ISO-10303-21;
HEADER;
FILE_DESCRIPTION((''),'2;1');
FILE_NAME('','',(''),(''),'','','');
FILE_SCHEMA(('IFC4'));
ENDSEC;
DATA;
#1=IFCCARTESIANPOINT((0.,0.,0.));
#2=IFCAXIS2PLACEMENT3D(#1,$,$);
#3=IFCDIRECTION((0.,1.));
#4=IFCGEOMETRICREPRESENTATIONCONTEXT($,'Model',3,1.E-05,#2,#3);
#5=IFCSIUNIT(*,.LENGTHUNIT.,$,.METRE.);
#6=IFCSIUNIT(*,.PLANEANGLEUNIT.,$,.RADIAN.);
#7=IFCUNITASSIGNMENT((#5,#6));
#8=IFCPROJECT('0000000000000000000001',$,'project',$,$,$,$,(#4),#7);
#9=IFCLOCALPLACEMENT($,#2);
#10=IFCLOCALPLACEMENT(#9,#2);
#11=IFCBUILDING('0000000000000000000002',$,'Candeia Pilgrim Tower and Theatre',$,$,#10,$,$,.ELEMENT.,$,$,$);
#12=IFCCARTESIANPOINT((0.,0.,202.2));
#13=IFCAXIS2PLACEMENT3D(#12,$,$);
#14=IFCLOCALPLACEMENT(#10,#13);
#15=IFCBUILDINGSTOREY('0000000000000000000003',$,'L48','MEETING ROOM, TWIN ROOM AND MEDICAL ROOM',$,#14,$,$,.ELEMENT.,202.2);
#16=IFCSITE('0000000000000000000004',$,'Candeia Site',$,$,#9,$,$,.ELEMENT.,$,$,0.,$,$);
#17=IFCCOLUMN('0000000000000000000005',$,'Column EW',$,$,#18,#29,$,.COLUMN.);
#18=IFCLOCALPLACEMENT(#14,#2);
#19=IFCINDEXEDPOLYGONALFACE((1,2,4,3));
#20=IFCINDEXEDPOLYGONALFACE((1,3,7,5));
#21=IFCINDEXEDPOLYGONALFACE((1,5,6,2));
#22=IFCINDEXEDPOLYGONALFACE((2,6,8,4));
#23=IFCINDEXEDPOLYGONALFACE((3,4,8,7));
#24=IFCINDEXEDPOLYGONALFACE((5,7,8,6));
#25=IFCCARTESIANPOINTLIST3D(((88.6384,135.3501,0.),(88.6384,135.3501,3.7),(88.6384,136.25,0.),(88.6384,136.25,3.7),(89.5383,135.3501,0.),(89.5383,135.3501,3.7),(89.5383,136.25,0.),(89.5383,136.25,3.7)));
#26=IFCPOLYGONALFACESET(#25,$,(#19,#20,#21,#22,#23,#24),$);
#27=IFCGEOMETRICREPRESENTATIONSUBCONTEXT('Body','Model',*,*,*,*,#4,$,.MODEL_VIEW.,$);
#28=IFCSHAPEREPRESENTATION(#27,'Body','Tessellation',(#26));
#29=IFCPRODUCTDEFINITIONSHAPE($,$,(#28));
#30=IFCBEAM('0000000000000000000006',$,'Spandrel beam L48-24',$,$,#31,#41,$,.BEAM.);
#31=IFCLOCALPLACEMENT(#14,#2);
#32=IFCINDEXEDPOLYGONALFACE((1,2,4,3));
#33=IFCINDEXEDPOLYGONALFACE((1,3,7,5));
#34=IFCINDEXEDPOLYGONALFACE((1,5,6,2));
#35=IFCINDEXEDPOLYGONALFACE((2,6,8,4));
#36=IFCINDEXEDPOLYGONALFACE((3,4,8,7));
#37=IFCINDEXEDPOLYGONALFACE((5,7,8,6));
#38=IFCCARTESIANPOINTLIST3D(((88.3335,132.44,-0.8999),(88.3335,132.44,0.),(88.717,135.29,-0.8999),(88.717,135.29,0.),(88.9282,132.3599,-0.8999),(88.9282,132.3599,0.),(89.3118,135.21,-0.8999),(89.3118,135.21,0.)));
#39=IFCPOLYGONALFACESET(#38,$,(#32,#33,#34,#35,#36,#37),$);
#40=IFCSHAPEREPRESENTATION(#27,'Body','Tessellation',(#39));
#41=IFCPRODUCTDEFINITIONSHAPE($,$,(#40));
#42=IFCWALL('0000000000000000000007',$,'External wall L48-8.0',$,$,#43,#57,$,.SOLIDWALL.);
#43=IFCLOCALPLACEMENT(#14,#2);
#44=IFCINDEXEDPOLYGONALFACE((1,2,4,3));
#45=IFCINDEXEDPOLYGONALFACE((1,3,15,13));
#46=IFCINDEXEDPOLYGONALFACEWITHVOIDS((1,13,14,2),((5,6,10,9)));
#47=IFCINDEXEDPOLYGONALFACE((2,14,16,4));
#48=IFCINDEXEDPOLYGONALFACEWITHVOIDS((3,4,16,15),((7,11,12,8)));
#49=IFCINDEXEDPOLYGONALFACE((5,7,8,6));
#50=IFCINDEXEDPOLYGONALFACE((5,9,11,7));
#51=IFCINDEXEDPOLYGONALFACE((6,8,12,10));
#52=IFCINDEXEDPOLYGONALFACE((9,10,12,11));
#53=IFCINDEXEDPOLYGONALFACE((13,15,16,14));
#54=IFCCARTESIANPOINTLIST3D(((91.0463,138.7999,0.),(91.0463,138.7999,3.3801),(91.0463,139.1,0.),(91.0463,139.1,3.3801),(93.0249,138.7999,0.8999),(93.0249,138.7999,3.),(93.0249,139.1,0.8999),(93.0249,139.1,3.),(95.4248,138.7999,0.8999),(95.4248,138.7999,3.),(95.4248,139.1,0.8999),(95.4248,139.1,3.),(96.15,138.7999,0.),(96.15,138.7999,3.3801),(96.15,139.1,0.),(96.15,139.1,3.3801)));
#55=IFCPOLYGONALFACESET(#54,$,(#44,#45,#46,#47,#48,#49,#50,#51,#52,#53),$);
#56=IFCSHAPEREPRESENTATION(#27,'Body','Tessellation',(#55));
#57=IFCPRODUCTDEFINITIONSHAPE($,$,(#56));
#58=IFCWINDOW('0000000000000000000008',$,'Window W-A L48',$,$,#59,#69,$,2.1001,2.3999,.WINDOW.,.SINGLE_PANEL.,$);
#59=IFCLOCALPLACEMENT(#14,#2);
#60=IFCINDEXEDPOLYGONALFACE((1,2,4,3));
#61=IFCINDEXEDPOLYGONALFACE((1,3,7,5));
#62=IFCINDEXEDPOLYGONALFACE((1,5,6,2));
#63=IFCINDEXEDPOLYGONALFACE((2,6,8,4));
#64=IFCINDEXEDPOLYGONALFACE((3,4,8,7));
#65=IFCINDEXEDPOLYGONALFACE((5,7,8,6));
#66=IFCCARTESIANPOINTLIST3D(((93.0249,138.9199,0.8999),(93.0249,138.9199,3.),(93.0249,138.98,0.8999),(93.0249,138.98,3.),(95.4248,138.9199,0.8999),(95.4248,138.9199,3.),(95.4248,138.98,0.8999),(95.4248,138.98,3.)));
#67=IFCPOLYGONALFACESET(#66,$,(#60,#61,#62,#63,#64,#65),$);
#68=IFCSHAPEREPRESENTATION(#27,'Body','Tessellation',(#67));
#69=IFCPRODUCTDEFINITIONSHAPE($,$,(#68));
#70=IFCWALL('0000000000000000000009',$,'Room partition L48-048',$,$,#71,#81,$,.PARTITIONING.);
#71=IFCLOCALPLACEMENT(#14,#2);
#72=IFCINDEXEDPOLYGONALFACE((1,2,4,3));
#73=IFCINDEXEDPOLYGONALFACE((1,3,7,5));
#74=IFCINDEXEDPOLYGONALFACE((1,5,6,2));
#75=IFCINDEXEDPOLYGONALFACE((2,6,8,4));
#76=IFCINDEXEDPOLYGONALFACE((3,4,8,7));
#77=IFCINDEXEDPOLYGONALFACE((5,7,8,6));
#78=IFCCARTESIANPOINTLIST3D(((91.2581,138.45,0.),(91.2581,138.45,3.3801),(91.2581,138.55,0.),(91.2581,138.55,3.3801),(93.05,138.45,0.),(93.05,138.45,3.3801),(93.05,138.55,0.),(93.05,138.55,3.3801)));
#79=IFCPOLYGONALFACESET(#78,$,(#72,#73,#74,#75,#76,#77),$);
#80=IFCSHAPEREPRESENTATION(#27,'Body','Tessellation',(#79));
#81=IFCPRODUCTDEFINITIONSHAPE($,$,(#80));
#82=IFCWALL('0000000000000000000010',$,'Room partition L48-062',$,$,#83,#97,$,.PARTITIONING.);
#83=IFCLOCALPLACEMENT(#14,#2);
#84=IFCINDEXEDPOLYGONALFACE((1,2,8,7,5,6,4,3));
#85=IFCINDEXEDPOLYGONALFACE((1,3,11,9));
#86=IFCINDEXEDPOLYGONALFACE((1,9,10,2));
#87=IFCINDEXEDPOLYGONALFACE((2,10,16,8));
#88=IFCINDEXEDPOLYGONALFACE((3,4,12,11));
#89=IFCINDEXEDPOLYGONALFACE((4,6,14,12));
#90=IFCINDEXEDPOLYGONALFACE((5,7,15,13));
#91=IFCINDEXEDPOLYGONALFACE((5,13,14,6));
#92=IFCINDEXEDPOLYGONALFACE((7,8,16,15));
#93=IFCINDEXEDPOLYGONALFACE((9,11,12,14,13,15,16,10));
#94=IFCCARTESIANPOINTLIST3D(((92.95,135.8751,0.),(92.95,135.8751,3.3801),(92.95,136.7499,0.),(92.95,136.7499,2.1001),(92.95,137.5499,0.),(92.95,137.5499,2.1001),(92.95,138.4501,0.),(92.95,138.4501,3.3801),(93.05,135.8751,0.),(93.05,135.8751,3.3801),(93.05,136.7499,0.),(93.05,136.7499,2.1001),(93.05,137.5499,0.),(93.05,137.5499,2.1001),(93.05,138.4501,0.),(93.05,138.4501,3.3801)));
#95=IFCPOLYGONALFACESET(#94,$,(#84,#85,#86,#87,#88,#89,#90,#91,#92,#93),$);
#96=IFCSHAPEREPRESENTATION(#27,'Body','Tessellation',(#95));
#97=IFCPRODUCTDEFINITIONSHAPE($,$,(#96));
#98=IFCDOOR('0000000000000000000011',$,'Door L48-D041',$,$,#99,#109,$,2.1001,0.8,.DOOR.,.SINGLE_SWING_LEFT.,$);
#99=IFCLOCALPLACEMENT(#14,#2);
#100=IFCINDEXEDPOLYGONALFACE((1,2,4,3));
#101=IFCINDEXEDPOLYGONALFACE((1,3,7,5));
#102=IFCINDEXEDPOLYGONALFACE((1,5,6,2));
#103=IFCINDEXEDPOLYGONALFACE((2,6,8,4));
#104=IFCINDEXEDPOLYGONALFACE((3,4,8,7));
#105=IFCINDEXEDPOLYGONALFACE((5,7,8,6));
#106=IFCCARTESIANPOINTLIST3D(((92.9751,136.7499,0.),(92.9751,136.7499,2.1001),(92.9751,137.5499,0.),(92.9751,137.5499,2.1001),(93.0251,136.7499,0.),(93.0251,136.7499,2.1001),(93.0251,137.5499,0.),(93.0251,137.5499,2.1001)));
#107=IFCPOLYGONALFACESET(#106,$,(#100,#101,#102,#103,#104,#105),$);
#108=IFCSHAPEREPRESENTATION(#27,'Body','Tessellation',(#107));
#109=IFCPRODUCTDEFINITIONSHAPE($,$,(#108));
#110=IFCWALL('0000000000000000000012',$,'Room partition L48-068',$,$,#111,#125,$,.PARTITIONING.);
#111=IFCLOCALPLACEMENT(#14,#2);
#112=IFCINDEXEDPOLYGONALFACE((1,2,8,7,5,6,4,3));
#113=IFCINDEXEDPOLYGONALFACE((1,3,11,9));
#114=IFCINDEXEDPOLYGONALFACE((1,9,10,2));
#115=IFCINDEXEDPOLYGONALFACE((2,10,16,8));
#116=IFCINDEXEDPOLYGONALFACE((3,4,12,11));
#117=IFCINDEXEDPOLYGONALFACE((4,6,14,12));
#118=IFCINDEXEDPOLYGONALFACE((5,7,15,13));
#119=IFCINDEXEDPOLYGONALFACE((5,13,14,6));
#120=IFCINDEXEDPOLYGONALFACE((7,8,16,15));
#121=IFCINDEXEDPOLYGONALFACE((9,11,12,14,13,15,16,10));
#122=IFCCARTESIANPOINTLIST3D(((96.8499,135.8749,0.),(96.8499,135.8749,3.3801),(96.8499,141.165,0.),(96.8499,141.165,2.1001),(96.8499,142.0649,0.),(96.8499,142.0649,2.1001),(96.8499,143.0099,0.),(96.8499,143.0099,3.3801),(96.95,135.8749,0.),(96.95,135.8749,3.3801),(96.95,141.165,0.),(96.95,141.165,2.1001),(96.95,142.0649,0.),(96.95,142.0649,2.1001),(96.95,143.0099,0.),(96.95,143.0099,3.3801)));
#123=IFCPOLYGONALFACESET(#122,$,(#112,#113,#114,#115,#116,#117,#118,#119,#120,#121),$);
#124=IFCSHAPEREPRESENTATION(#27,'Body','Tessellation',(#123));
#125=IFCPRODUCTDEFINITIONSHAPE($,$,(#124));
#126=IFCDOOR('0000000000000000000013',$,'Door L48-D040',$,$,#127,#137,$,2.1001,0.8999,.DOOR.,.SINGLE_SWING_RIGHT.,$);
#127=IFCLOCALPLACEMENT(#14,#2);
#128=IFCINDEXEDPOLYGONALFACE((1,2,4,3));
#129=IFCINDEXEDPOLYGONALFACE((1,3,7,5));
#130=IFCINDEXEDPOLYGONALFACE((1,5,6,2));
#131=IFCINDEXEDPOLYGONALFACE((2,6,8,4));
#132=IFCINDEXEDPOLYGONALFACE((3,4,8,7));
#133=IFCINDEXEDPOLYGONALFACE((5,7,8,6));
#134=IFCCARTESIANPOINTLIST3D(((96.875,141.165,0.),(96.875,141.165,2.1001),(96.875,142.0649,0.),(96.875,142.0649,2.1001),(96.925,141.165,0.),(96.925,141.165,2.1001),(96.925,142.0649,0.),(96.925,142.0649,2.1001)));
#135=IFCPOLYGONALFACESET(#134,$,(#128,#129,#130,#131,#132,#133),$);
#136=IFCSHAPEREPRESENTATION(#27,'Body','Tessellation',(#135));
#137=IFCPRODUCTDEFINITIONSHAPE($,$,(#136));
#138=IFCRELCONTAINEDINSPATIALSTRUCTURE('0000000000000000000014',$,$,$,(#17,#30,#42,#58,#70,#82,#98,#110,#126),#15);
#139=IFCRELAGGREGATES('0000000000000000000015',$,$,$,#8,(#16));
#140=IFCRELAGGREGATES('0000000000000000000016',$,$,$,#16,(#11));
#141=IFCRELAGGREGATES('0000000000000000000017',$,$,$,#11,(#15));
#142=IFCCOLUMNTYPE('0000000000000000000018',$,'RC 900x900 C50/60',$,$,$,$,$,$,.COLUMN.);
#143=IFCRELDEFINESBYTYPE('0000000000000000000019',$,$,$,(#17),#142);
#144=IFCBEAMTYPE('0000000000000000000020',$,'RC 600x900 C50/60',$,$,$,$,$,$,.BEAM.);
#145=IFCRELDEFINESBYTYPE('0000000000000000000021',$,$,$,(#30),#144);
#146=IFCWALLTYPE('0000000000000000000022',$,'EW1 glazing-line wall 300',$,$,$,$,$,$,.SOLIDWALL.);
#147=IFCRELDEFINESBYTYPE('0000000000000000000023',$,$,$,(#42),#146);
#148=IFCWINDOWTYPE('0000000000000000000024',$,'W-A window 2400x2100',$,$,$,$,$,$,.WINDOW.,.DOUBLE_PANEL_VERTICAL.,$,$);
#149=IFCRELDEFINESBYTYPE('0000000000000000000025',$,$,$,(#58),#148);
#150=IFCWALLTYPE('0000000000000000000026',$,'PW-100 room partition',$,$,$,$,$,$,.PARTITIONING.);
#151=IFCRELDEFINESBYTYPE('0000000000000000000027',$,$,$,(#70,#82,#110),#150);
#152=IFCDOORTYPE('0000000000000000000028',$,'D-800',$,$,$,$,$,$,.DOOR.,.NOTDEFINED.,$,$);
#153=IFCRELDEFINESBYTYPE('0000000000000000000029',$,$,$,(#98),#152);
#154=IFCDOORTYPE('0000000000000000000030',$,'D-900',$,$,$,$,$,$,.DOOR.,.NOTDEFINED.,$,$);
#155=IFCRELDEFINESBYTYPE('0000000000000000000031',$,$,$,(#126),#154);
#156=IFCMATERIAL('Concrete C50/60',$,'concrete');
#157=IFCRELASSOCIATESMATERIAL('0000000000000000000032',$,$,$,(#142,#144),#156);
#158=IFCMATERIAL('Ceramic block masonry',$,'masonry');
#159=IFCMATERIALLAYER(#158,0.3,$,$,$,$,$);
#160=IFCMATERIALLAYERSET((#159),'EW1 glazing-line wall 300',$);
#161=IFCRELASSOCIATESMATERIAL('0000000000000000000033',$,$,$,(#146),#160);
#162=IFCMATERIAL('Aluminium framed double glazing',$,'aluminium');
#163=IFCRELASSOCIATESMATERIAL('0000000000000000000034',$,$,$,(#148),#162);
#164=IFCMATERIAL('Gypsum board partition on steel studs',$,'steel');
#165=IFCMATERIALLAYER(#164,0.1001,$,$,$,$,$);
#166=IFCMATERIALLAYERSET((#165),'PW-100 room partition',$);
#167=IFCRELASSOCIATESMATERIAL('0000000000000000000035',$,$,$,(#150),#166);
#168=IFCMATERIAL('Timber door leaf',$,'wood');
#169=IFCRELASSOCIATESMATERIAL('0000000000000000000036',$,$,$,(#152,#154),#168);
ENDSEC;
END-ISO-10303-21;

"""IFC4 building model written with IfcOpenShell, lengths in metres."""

from ifc_helpers import new_model, si_unit, direction, frame, frame_2d, origin, origin_2d, place, context, subcontext, project, spatial, rectangle, extrude, material, layer, layer_set, material_profile, profile_set, type_object, element, fill, save


model = new_model("IFC4")

# Units and contexts
model_context = context("Model", 3, precision=1e-05, world=origin(), true_north=direction((0.0, 1.0)))
body_context = subcontext(model_context, "Body", "Model", "MODEL_VIEW")
ifc_project = project(units=[si_unit("LENGTHUNIT", "METRE"), si_unit("PLANEANGLEUNIT", "RADIAN")], contexts=[model_context])

# Site, building, storey
site_placement = place(None, origin())
site = spatial("IfcSite", under=ifc_project, at=site_placement, Name="Candeia Site", CompositionType="ELEMENT", RefElevation=0.0)
building_placement = place(site_placement, origin())
building = spatial("IfcBuilding", under=site, at=building_placement, Name="Candeia Pilgrim Tower and Theatre", CompositionType="ELEMENT")
storey_placement = place(building_placement, frame((0.0, 0.0, 202.2)))
storey = spatial("IfcBuildingStorey", under=building, at=storey_placement, Name="L48", Description="MEETING ROOM, TWIN ROOM AND MEDICAL ROOM", CompositionType="ELEMENT", Elevation=202.2)

# Column
ifc_material_1 = material(Name="Concrete C50/60", Category="concrete")
ifc_material_profile_1 = material_profile(ifc_material_1, rectangle(XDim=0.8999, YDim=0.8999, at=origin_2d()))
ifc_profile_set_1 = profile_set([ifc_material_profile_1], Name="Concrete C50/60")
column_type = type_object("IfcColumnType", Name="RC 900x900 C50/60", PredefinedType="COLUMN", material=ifc_profile_set_1)
column_placement = place(storey_placement, frame((89.0884, 135.8, 0.0), z_axis=(0.0, 0.0, 1.0), x_axis=(1.0, 0.0, 0.0)))
element("IfcColumn", 1, at=column_placement, inside=storey, type_object=column_type, Name="Column EW", PredefinedType="COLUMN", context=body_context, shape_type="SweptSolid", body=[
    extrude(rectangle(XDim=0.8999, YDim=0.8999, at=origin_2d()), origin(), (0.0, 0.0, 1.0), 3.7),
])

# Beam
ifc_material_profile_2 = material_profile(ifc_material_1, rectangle(XDim=0.6001, YDim=0.8999, at=origin_2d()))
ifc_profile_set_2 = profile_set([ifc_material_profile_2], Name="Concrete C50/60")
beam_type = type_object("IfcBeamType", Name="RC 600x900 C50/60", PredefinedType="BEAM", material=ifc_profile_set_2)
beam_placement = place(storey_placement, frame((89.0144, 135.25, -0.45), z_axis=(-0.13337, -0.991066, 0.0), x_axis=(0.991066, -0.13337, 0.0)))
element("IfcBeam", 2, at=beam_placement, inside=storey, type_object=beam_type, Name="Spandrel beam L48-24", PredefinedType="BEAM", context=body_context, shape_type="SweptSolid", body=[
    extrude(rectangle(XDim=0.6001, YDim=0.8999, at=origin_2d()), origin(), (0.0, 0.0, 1.0), 2.8757),
])

# Wall, opening, window
ifc_material_2 = material(Name="Ceramic block masonry", Category="masonry")
ifc_layer_1 = layer(ifc_material_2, 0.3)
ifc_layer_set_1 = layer_set([ifc_layer_1], Name="EW1 glazing-line wall 300")
wall_type_1 = type_object("IfcWallType", Name="EW1 glazing-line wall 300", PredefinedType="SOLIDWALL", material=ifc_layer_set_1)
wall_1_placement = place(storey_placement, frame((96.1499, 138.95, 0.0), z_axis=(0.0, 0.0, 1.0), x_axis=(-1.0, 0.0, 0.0)))
wall_1 = element("IfcWall", 3, at=wall_1_placement, inside=storey, type_object=wall_type_1, Name="External wall L48-8.0", PredefinedType="SOLIDWALL", context=body_context, shape_type="SweptSolid", body=[
    extrude(rectangle(XDim=5.1038, YDim=0.3, at=frame_2d((2.5518, 0.0))), origin(), (0.0, 0.0, 1.0), 3.3801),
])
opening_1_placement = place(wall_1_placement, frame((0.7251, 0.0, 0.8999)))
opening_1 = element("IfcOpeningElement", 4, at=opening_1_placement, cuts=wall_1, PredefinedType="OPENING", context=body_context, shape_type="SweptSolid", body=[
    extrude(rectangle(XDim=2.3999, YDim=2.1001, at=frame_2d((1.2, 1.05))), frame((0.0, 0.1602, 0.0), z_axis=(0.0, -1.0, 0.0), x_axis=(1.0, 0.0, 0.0)), (0.0, 0.0, 1.0), 0.3201),
])
ifc_material_3 = material(Name="Aluminium framed double glazing", Category="aluminium")
window_type_1 = type_object("IfcWindowType", Name="W-A window 2400x2100", PartitioningType="DOUBLE_PANEL_VERTICAL", PredefinedType="WINDOW", material=ifc_material_3)
window_1_placement = place(opening_1_placement, origin())
window_1 = element("IfcWindow", 5, at=window_1_placement, inside=storey, type_object=window_type_1, Name="Window W-A L48", OverallHeight=2.1001, OverallWidth=2.3999, PartitioningType="SINGLE_PANEL", PredefinedType="WINDOW", context=body_context, shape_type="SweptSolid", body=[
    extrude(rectangle(XDim=2.3999, YDim=2.1001, at=frame_2d((1.2, 1.05))), frame((0.0, 0.03, 0.0), z_axis=(0.0, -1.0, 0.0), x_axis=(1.0, 0.0, 0.0)), (0.0, 0.0, 1.0), 0.0601),
])
fill(opening_1, window_1)

# Wall
ifc_material_4 = material(Name="Gypsum board partition on steel studs", Category="steel")
ifc_layer_2 = layer(ifc_material_4, 0.1001)
ifc_layer_set_2 = layer_set([ifc_layer_2], Name="PW-100 room partition")
wall_type_2 = type_object("IfcWallType", Name="PW-100 room partition", PredefinedType="PARTITIONING", material=ifc_layer_set_2)
wall_2_placement = place(storey_placement, frame((91.2581, 138.5, 0.0), z_axis=(0.0, 0.0, 1.0), x_axis=(1.0, 0.0, 0.0)))
element("IfcWall", 6, at=wall_2_placement, inside=storey, type_object=wall_type_2, Name="Room partition L48-048", PredefinedType="PARTITIONING", context=body_context, shape_type="SweptSolid", body=[
    extrude(rectangle(XDim=1.792, YDim=0.1001, at=frame_2d((0.896, 0.0))), origin(), (0.0, 0.0, 1.0), 3.3801),
])

# Walls, openings, doors
wall_3_placement = place(storey_placement, frame((93.0, 135.875, 0.0), z_axis=(0.0, 0.0, 1.0), x_axis=(0.0, 1.0, 0.0)))
wall_3 = element("IfcWall", 7, at=wall_3_placement, inside=storey, type_object=wall_type_2, Name="Room partition L48-062", PredefinedType="PARTITIONING", context=body_context, shape_type="SweptSolid", body=[
    extrude(rectangle(XDim=2.575, YDim=0.1001, at=frame_2d((1.2876, 0.0))), origin(), (0.0, 0.0, 1.0), 3.3801),
])
opening_2_placement = place(wall_3_placement, frame((0.875, 0.0, 0.0)))
opening_2 = element("IfcOpeningElement", 8, at=opening_2_placement, cuts=wall_3, PredefinedType="OPENING", context=body_context, shape_type="SweptSolid", body=[
    extrude(rectangle(XDim=0.8, YDim=2.1001, at=frame_2d((0.3999, 1.05))), frame((0.0, 0.0601, 0.0), z_axis=(0.0, -1.0, 0.0), x_axis=(1.0, 0.0, 0.0)), (0.0, 0.0, 1.0), 0.1201),
])
ifc_material_5 = material(Name="Timber door leaf", Category="wood")
door_type_1 = type_object("IfcDoorType", Name="D-800", OperationType="NOTDEFINED", PredefinedType="DOOR", material=ifc_material_5)
door_1_placement = place(opening_2_placement, origin())
door_1 = element("IfcDoor", 9, at=door_1_placement, inside=storey, type_object=door_type_1, Name="Door L48-D041", OperationType="SINGLE_SWING_LEFT", OverallHeight=2.1001, OverallWidth=0.8, PredefinedType="DOOR", context=body_context, shape_type="SweptSolid", body=[
    extrude(rectangle(XDim=0.8, YDim=2.1001, at=frame_2d((0.3999, 1.05))), frame((0.0, 0.0249, 0.0), z_axis=(0.0, -1.0, 0.0), x_axis=(1.0, 0.0, 0.0)), (0.0, 0.0, 1.0), 0.05),
])
fill(opening_2, door_1)
wall_4_placement = place(storey_placement, frame((96.8999, 135.875, 0.0), z_axis=(0.0, 0.0, 1.0), x_axis=(0.0, 1.0, 0.0)))
wall_4 = element("IfcWall", 10, at=wall_4_placement, inside=storey, type_object=wall_type_2, Name="Room partition L48-068", PredefinedType="PARTITIONING", context=body_context, shape_type="SweptSolid", body=[
    extrude(rectangle(XDim=7.135, YDim=0.1001, at=frame_2d((3.5674, 0.0))), origin(), (0.0, 0.0, 1.0), 3.3801),
])
opening_3_placement = place(wall_4_placement, frame((5.29, 0.0, 0.0)))
opening_3 = element("IfcOpeningElement", 11, at=opening_3_placement, cuts=wall_4, PredefinedType="OPENING", context=body_context, shape_type="SweptSolid", body=[
    extrude(rectangle(XDim=0.8999, YDim=2.1001, at=frame_2d((0.45, 1.05))), frame((0.0, 0.0601, 0.0), z_axis=(0.0, -1.0, 0.0), x_axis=(1.0, 0.0, 0.0)), (0.0, 0.0, 1.0), 0.1201),
])
door_type_2 = type_object("IfcDoorType", Name="D-900", OperationType="NOTDEFINED", PredefinedType="DOOR", material=ifc_material_5)
door_2_placement = place(opening_3_placement, origin())
door_2 = element("IfcDoor", 12, at=door_2_placement, inside=storey, type_object=door_type_2, Name="Door L48-D040", OperationType="SINGLE_SWING_RIGHT", OverallHeight=2.1001, OverallWidth=0.8999, PredefinedType="DOOR", context=body_context, shape_type="SweptSolid", body=[
    extrude(rectangle(XDim=0.8999, YDim=2.1001, at=frame_2d((0.45, 1.05))), frame((0.0, 0.0249, 0.0), z_axis=(0.0, -1.0, 0.0), x_axis=(1.0, 0.0, 0.0)), (0.0, 0.0, 1.0), 0.05),
])
fill(opening_3, door_2)

save(model, "model.ifc")
